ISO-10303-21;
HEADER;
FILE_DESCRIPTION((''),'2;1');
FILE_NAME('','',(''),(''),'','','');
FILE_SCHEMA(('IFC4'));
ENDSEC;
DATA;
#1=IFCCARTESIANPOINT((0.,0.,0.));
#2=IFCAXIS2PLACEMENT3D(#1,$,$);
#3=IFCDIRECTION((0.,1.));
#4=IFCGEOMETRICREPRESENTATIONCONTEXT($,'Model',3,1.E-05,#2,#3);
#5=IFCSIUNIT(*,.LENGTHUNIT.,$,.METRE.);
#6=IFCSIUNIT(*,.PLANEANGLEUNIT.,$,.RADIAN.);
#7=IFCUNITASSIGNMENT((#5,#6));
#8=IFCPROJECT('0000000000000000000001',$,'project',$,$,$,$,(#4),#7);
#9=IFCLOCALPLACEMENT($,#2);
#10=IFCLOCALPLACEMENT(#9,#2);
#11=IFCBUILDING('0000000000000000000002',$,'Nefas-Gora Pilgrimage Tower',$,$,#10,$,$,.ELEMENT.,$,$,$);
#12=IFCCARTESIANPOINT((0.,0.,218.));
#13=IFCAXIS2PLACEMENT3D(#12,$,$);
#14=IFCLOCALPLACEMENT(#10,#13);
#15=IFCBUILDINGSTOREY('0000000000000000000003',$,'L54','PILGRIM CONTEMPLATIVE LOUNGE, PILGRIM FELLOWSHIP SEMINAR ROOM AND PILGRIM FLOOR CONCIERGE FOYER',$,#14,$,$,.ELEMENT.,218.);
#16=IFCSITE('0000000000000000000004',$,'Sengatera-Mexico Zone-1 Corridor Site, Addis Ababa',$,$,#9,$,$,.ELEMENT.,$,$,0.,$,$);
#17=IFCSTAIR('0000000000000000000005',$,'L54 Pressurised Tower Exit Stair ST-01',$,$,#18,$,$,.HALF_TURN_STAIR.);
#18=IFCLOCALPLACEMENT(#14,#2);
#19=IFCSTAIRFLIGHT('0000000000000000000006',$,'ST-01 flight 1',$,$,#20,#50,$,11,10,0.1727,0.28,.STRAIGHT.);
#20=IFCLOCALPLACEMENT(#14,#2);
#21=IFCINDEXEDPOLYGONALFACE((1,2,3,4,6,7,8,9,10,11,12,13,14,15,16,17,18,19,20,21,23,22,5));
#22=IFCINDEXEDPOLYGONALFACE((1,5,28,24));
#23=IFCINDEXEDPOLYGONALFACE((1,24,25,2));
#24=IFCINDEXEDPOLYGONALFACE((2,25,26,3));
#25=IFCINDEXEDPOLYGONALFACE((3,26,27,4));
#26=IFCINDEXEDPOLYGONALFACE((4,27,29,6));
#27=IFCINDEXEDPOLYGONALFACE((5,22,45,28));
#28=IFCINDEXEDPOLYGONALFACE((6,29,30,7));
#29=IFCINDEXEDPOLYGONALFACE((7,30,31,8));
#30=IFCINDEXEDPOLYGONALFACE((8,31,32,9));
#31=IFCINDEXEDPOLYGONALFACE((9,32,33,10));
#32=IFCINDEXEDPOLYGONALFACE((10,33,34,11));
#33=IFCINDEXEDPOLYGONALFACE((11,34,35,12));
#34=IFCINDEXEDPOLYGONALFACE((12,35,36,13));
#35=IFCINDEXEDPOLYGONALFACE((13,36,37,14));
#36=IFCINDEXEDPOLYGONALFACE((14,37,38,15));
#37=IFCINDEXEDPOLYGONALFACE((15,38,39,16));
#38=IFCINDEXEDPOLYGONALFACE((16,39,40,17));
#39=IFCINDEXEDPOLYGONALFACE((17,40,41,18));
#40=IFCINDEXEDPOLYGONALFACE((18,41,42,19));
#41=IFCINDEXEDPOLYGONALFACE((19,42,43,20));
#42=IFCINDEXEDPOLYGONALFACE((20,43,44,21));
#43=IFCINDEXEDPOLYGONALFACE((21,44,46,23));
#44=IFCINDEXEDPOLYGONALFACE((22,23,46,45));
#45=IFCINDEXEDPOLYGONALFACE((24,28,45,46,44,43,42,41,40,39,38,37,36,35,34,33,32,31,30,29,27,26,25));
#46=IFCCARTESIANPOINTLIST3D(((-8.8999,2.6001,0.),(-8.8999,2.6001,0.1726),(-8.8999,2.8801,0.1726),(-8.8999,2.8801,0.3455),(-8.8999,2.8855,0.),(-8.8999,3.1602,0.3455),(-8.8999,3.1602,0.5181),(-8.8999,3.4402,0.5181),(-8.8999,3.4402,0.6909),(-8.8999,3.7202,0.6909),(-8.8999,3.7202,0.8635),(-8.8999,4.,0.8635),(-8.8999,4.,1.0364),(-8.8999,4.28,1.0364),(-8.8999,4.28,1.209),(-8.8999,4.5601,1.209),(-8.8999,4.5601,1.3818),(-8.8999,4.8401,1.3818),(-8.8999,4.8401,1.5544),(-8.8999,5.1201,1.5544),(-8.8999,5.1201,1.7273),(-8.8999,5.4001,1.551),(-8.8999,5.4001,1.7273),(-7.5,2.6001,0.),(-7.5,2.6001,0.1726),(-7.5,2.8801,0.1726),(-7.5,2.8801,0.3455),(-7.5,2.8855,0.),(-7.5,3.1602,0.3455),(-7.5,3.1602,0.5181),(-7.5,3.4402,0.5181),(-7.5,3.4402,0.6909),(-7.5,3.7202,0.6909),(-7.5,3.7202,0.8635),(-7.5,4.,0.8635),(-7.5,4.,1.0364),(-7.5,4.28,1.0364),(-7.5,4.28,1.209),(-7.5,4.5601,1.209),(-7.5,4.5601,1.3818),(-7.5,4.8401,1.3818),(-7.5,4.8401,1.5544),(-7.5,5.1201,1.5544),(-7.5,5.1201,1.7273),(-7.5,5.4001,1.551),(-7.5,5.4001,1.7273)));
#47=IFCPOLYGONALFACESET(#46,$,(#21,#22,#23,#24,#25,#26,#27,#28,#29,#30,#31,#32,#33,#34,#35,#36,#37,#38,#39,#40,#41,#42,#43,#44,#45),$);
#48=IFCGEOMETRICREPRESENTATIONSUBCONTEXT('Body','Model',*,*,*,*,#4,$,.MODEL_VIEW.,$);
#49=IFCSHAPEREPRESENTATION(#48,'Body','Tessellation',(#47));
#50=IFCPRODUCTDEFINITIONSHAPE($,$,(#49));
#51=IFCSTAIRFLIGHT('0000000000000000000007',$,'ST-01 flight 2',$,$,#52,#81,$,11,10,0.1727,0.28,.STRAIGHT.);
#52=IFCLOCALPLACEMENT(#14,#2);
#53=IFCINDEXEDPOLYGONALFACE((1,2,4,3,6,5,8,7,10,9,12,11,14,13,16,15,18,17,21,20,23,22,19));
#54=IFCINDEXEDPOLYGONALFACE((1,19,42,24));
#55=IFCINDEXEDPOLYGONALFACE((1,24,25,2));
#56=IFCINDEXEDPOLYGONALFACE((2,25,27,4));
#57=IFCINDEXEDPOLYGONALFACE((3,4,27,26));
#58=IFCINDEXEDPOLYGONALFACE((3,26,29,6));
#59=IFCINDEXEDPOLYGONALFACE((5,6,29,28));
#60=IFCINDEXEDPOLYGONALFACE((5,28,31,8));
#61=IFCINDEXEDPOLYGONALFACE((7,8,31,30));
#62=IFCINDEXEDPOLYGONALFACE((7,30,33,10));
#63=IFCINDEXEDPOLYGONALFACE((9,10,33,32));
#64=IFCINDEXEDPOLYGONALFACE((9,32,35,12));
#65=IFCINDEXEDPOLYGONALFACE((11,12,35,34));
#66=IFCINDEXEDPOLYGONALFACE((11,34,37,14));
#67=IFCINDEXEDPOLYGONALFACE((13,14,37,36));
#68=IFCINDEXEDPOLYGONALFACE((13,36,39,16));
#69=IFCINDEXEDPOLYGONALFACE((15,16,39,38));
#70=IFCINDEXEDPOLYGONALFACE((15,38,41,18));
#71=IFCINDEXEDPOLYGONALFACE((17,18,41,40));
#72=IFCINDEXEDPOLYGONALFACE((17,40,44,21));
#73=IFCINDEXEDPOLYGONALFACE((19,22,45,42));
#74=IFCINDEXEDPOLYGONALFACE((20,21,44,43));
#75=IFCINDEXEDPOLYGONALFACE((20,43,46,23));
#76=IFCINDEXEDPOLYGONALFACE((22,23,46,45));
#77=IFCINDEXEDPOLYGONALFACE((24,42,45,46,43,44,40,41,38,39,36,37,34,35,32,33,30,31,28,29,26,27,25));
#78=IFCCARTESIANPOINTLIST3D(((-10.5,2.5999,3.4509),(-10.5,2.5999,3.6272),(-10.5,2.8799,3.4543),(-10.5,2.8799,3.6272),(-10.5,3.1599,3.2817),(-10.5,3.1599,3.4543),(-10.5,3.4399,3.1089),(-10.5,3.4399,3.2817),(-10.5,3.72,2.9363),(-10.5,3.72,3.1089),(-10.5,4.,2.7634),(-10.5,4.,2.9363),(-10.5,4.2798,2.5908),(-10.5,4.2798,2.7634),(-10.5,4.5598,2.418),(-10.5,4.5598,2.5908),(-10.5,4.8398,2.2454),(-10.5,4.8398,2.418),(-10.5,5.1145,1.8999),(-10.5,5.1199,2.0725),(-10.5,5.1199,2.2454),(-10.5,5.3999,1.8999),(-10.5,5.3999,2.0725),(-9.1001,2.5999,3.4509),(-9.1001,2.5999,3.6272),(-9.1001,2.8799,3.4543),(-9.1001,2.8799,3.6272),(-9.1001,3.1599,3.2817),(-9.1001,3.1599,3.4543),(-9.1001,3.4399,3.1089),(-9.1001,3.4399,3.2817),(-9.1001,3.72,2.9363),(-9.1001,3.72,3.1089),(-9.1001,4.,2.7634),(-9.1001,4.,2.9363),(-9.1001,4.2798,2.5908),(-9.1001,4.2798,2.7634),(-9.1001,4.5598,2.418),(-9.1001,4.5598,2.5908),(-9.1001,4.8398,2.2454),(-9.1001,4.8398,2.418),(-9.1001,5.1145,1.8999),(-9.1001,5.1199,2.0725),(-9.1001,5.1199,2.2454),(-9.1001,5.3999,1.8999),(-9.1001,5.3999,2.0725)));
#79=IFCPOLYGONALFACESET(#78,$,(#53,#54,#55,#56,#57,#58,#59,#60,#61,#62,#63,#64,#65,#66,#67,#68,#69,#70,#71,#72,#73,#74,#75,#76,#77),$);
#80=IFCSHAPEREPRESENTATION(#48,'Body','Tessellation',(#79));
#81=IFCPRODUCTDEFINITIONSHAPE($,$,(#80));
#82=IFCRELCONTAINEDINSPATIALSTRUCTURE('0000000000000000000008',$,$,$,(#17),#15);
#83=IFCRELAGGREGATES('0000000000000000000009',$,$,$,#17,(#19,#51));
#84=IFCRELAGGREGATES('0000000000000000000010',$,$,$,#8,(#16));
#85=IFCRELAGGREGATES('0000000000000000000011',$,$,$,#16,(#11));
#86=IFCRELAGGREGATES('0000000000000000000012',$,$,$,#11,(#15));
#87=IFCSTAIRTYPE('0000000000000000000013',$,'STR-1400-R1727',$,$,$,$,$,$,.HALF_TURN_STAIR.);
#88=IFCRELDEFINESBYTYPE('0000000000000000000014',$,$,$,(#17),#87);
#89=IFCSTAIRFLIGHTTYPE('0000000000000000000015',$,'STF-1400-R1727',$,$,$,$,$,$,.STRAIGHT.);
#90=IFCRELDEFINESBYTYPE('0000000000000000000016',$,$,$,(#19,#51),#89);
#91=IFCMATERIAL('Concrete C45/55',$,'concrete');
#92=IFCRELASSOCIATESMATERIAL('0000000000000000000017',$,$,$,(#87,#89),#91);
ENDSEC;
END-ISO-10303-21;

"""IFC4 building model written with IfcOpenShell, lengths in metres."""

from ifc_helpers import new_model, si_unit, direction, frame, origin, place, context, subcontext, project, spatial, polyline, outline, extrude, source, transform, mapped, material, type_object, element, aggregate, save


model = new_model("IFC4")

# Units and contexts
model_context = context("Model", 3, precision=1e-05, world=origin(), true_north=direction((0.0, 1.0)))
body_context = subcontext(model_context, "Body", "Model", "MODEL_VIEW")
ifc_project = project(units=[si_unit("LENGTHUNIT", "METRE"), si_unit("PLANEANGLEUNIT", "RADIAN")], contexts=[model_context])

# Site, building, storey
site_placement = place(None, origin())
site = spatial("IfcSite", under=ifc_project, at=site_placement, Name="Sengatera-Mexico Zone-1 Corridor Site, Addis Ababa", CompositionType="ELEMENT", RefElevation=0.0)
building_placement = place(site_placement, origin())
building = spatial("IfcBuilding", under=site, at=building_placement, Name="Nefas-Gora Pilgrimage Tower", CompositionType="ELEMENT")
storey_placement = place(building_placement, frame((0.0, 0.0, 218.0)))
storey = spatial("IfcBuildingStorey", under=building, at=storey_placement, Name="L54", Description="PILGRIM CONTEMPLATIVE LOUNGE, PILGRIM FELLOWSHIP SEMINAR ROOM AND PILGRIM FLOOR CONCIERGE FOYER", CompositionType="ELEMENT", Elevation=218.0)

# Shared definitions
ifc_material_1 = material(Name="Concrete C45/55", Category="concrete")

# Stair, stair flights
stair_type = type_object("IfcStairType", Name="STR-1400-R1727", PredefinedType="HALF_TURN_STAIR", material=ifc_material_1)
stair_placement = place(storey_placement, origin())
stair = element("IfcStair", 1, at=stair_placement, inside=storey, type_object=stair_type, Name="L54 Pressurised Tower Exit Stair ST-01", PredefinedType="HALF_TURN_STAIR")
stair_flight_type = type_object("IfcStairFlightType", Name="STF-1400-R1727", PredefinedType="STRAIGHT", material=ifc_material_1)
shared_shape_1 = source(origin(), body_context, "Body", "SweptSolid", [
    extrude(outline(polyline([(0.0, 0.0), (0.0, 0.1726), (0.28, 0.1726), (0.28, 0.3455), (0.5601, 0.3455), (0.5601, 0.5181), (0.8401, 0.5181), (0.8401, 0.6909), (1.1201, 0.6909), (1.1201, 0.8635), (1.3999, 0.8635), (1.3999, 1.0364), (1.6799, 1.0364), (1.6799, 1.209), (1.96, 1.209), (1.96, 1.3818), (2.24, 1.3818), (2.24, 1.5544), (2.52, 1.5544), (2.52, 1.7273), (2.8, 1.7273), (2.8, 1.8999), (2.8, 1.551), (0.2854, 0.0), (0.0, 0.0)])), frame((0.0, 0.7, 0.0), z_axis=(0.0, -1.0, 0.0), x_axis=(1.0, 0.0, 0.0)), (0.0, 0.0, 1.0), 1.3999),
])
stair_flight_1_placement = place(storey_placement, frame((-8.2, 2.6001, 0.0), z_axis=(0.0, 0.0, 1.0), x_axis=(0.0, 1.0, 0.0)))
stair_flight_1 = element("IfcStairFlight", 2, at=stair_flight_1_placement, type_object=stair_flight_type, Name="ST-01 flight 1", NumberOfRisers=11, NumberOfTreads=10, PredefinedType="STRAIGHT", RiserHeight=0.1727, TreadLength=0.28, context=body_context, shape_type="MappedRepresentation", body=[
    mapped(shared_shape_1, transform((0.0, 0.0, 0.0), x_axis=(1.0, 0.0, 0.0), y_axis=(0.0, 1.0, 0.0), z_axis=(0.0, 0.0, 1.0), scale=1.0)),
])
stair_flight_2_placement = place(storey_placement, frame((-9.8, 5.3999, 1.8999), z_axis=(0.0, 0.0, 1.0), x_axis=(0.0, -1.0, 0.0)))
stair_flight_2 = element("IfcStairFlight", 3, at=stair_flight_2_placement, type_object=stair_flight_type, Name="ST-01 flight 2", NumberOfRisers=11, NumberOfTreads=10, PredefinedType="STRAIGHT", RiserHeight=0.1727, TreadLength=0.28, context=body_context, shape_type="MappedRepresentation", body=[
    mapped(shared_shape_1, transform((0.0, 0.0, 0.0), x_axis=(1.0, 0.0, 0.0), y_axis=(0.0, 1.0, 0.0), z_axis=(0.0, 0.0, 1.0), scale=1.0)),
])
aggregate(stair, [stair_flight_1, stair_flight_2])

save(model, "model.ifc")
